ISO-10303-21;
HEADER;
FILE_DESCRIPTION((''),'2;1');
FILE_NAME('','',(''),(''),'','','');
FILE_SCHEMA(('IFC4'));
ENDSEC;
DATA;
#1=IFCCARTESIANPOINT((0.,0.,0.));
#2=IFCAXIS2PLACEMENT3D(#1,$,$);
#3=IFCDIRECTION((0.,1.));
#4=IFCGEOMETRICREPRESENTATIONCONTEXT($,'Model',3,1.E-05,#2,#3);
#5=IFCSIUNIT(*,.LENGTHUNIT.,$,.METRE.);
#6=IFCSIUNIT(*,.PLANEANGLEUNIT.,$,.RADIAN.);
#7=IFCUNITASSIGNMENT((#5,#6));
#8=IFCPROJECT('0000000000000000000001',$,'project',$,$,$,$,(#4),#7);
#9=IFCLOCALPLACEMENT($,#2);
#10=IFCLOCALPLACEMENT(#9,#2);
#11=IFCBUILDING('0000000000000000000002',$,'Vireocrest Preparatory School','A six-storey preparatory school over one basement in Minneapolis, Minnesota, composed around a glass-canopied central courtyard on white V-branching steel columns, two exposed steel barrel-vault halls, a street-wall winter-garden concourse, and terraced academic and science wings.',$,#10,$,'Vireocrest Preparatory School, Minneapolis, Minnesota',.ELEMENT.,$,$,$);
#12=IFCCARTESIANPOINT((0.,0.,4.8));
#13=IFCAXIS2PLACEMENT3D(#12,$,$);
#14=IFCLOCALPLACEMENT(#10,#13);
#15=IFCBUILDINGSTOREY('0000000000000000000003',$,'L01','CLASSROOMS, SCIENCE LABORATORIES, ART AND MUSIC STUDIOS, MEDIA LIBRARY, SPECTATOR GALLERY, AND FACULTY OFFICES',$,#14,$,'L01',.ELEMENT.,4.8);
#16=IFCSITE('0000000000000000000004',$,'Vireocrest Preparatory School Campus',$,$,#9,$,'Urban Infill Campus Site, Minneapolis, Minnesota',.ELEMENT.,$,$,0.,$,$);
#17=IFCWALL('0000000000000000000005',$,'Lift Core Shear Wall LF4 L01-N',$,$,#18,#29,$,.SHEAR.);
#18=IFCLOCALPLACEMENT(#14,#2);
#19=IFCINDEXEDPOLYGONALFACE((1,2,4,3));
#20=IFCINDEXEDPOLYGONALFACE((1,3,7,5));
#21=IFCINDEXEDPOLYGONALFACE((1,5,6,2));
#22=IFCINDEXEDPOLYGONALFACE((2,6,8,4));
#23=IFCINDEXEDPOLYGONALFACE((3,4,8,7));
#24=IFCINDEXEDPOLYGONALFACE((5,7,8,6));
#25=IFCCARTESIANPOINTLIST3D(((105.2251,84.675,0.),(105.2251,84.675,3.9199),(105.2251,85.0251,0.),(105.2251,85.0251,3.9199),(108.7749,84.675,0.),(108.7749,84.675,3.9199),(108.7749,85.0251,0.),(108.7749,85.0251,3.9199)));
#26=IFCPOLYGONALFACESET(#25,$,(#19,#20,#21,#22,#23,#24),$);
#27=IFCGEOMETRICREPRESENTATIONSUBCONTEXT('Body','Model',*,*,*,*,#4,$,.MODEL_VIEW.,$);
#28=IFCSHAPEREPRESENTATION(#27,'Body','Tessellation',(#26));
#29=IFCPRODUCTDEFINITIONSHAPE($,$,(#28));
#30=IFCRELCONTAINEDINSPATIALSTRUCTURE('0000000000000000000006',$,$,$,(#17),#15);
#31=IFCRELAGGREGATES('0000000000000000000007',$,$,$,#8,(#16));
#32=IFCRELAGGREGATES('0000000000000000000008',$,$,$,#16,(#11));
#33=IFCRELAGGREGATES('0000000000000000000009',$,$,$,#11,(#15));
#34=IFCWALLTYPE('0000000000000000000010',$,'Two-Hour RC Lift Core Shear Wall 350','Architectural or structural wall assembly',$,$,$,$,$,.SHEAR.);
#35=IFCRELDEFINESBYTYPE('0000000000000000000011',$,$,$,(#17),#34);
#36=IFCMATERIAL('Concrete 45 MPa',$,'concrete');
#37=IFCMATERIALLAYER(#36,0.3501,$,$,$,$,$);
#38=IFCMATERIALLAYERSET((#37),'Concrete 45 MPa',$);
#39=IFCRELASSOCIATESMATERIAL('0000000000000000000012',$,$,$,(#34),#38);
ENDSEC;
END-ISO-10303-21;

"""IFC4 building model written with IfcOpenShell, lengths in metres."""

from ifc_helpers import new_model, si_unit, direction, frame, frame_2d, origin, place, context, subcontext, project, spatial, rectangle, extrude, material, layer, layer_set, type_object, element, save


model = new_model("IFC4")

# Units and contexts
model_context = context("Model", 3, precision=1e-05, world=origin(), true_north=direction((0.0, 1.0)))
body_context = subcontext(model_context, "Body", "Model", "MODEL_VIEW")
ifc_project = project(units=[si_unit("LENGTHUNIT", "METRE"), si_unit("PLANEANGLEUNIT", "RADIAN")], contexts=[model_context])

# Site, building, storey
site_placement = place(None, origin())
site = spatial("IfcSite", under=ifc_project, at=site_placement, Name="Vireocrest Preparatory School Campus", LongName="Urban Infill Campus Site, Minneapolis, Minnesota", CompositionType="ELEMENT", RefElevation=0.0)
building_placement = place(site_placement, origin())
building = spatial("IfcBuilding", under=site, at=building_placement, Name="Vireocrest Preparatory School", Description="A six-storey preparatory school over one basement in Minneapolis, Minnesota, composed around a glass-canopied central courtyard on white V-branching steel columns, two exposed steel barrel-vault halls, a street-wall winter-garden concourse, and terraced academic and science wings.", LongName="Vireocrest Preparatory School, Minneapolis, Minnesota", CompositionType="ELEMENT")
storey_placement = place(building_placement, frame((0.0, 0.0, 4.8)))
storey = spatial("IfcBuildingStorey", under=building, at=storey_placement, Name="L01", Description="CLASSROOMS, SCIENCE LABORATORIES, ART AND MUSIC STUDIOS, MEDIA LIBRARY, SPECTATOR GALLERY, AND FACULTY OFFICES", LongName="L01", CompositionType="ELEMENT", Elevation=4.8)

# Shared definitions
ifc_material_1 = material(Name="Concrete 45 MPa", Category="concrete")

# Wall
ifc_layer_1 = layer(ifc_material_1, 0.3501)
ifc_layer_set_1 = layer_set([ifc_layer_1], Name="Concrete 45 MPa")
wall_type_1 = type_object("IfcWallType", Name="Two-Hour RC Lift Core Shear Wall 350", Description="Architectural or structural wall assembly", PredefinedType="SHEAR", material=ifc_layer_set_1)
wall_1_placement = place(storey_placement, frame((105.2251, 84.8501, 0.0), z_axis=(0.0, 0.0, 1.0), x_axis=(1.0, 0.0, 0.0)))
element("IfcWall", 1, at=wall_1_placement, inside=storey, type_object=wall_type_1, Name="Lift Core Shear Wall LF4 L01-N", PredefinedType="SHEAR", context=body_context, shape_type="SweptSolid", body=[
    extrude(rectangle(XDim=3.5498, YDim=0.3501, at=frame_2d((1.7749, 0.0))), origin(), (0.0, 0.0, 1.0), 3.9199),
])

save(model, "model.ifc")
